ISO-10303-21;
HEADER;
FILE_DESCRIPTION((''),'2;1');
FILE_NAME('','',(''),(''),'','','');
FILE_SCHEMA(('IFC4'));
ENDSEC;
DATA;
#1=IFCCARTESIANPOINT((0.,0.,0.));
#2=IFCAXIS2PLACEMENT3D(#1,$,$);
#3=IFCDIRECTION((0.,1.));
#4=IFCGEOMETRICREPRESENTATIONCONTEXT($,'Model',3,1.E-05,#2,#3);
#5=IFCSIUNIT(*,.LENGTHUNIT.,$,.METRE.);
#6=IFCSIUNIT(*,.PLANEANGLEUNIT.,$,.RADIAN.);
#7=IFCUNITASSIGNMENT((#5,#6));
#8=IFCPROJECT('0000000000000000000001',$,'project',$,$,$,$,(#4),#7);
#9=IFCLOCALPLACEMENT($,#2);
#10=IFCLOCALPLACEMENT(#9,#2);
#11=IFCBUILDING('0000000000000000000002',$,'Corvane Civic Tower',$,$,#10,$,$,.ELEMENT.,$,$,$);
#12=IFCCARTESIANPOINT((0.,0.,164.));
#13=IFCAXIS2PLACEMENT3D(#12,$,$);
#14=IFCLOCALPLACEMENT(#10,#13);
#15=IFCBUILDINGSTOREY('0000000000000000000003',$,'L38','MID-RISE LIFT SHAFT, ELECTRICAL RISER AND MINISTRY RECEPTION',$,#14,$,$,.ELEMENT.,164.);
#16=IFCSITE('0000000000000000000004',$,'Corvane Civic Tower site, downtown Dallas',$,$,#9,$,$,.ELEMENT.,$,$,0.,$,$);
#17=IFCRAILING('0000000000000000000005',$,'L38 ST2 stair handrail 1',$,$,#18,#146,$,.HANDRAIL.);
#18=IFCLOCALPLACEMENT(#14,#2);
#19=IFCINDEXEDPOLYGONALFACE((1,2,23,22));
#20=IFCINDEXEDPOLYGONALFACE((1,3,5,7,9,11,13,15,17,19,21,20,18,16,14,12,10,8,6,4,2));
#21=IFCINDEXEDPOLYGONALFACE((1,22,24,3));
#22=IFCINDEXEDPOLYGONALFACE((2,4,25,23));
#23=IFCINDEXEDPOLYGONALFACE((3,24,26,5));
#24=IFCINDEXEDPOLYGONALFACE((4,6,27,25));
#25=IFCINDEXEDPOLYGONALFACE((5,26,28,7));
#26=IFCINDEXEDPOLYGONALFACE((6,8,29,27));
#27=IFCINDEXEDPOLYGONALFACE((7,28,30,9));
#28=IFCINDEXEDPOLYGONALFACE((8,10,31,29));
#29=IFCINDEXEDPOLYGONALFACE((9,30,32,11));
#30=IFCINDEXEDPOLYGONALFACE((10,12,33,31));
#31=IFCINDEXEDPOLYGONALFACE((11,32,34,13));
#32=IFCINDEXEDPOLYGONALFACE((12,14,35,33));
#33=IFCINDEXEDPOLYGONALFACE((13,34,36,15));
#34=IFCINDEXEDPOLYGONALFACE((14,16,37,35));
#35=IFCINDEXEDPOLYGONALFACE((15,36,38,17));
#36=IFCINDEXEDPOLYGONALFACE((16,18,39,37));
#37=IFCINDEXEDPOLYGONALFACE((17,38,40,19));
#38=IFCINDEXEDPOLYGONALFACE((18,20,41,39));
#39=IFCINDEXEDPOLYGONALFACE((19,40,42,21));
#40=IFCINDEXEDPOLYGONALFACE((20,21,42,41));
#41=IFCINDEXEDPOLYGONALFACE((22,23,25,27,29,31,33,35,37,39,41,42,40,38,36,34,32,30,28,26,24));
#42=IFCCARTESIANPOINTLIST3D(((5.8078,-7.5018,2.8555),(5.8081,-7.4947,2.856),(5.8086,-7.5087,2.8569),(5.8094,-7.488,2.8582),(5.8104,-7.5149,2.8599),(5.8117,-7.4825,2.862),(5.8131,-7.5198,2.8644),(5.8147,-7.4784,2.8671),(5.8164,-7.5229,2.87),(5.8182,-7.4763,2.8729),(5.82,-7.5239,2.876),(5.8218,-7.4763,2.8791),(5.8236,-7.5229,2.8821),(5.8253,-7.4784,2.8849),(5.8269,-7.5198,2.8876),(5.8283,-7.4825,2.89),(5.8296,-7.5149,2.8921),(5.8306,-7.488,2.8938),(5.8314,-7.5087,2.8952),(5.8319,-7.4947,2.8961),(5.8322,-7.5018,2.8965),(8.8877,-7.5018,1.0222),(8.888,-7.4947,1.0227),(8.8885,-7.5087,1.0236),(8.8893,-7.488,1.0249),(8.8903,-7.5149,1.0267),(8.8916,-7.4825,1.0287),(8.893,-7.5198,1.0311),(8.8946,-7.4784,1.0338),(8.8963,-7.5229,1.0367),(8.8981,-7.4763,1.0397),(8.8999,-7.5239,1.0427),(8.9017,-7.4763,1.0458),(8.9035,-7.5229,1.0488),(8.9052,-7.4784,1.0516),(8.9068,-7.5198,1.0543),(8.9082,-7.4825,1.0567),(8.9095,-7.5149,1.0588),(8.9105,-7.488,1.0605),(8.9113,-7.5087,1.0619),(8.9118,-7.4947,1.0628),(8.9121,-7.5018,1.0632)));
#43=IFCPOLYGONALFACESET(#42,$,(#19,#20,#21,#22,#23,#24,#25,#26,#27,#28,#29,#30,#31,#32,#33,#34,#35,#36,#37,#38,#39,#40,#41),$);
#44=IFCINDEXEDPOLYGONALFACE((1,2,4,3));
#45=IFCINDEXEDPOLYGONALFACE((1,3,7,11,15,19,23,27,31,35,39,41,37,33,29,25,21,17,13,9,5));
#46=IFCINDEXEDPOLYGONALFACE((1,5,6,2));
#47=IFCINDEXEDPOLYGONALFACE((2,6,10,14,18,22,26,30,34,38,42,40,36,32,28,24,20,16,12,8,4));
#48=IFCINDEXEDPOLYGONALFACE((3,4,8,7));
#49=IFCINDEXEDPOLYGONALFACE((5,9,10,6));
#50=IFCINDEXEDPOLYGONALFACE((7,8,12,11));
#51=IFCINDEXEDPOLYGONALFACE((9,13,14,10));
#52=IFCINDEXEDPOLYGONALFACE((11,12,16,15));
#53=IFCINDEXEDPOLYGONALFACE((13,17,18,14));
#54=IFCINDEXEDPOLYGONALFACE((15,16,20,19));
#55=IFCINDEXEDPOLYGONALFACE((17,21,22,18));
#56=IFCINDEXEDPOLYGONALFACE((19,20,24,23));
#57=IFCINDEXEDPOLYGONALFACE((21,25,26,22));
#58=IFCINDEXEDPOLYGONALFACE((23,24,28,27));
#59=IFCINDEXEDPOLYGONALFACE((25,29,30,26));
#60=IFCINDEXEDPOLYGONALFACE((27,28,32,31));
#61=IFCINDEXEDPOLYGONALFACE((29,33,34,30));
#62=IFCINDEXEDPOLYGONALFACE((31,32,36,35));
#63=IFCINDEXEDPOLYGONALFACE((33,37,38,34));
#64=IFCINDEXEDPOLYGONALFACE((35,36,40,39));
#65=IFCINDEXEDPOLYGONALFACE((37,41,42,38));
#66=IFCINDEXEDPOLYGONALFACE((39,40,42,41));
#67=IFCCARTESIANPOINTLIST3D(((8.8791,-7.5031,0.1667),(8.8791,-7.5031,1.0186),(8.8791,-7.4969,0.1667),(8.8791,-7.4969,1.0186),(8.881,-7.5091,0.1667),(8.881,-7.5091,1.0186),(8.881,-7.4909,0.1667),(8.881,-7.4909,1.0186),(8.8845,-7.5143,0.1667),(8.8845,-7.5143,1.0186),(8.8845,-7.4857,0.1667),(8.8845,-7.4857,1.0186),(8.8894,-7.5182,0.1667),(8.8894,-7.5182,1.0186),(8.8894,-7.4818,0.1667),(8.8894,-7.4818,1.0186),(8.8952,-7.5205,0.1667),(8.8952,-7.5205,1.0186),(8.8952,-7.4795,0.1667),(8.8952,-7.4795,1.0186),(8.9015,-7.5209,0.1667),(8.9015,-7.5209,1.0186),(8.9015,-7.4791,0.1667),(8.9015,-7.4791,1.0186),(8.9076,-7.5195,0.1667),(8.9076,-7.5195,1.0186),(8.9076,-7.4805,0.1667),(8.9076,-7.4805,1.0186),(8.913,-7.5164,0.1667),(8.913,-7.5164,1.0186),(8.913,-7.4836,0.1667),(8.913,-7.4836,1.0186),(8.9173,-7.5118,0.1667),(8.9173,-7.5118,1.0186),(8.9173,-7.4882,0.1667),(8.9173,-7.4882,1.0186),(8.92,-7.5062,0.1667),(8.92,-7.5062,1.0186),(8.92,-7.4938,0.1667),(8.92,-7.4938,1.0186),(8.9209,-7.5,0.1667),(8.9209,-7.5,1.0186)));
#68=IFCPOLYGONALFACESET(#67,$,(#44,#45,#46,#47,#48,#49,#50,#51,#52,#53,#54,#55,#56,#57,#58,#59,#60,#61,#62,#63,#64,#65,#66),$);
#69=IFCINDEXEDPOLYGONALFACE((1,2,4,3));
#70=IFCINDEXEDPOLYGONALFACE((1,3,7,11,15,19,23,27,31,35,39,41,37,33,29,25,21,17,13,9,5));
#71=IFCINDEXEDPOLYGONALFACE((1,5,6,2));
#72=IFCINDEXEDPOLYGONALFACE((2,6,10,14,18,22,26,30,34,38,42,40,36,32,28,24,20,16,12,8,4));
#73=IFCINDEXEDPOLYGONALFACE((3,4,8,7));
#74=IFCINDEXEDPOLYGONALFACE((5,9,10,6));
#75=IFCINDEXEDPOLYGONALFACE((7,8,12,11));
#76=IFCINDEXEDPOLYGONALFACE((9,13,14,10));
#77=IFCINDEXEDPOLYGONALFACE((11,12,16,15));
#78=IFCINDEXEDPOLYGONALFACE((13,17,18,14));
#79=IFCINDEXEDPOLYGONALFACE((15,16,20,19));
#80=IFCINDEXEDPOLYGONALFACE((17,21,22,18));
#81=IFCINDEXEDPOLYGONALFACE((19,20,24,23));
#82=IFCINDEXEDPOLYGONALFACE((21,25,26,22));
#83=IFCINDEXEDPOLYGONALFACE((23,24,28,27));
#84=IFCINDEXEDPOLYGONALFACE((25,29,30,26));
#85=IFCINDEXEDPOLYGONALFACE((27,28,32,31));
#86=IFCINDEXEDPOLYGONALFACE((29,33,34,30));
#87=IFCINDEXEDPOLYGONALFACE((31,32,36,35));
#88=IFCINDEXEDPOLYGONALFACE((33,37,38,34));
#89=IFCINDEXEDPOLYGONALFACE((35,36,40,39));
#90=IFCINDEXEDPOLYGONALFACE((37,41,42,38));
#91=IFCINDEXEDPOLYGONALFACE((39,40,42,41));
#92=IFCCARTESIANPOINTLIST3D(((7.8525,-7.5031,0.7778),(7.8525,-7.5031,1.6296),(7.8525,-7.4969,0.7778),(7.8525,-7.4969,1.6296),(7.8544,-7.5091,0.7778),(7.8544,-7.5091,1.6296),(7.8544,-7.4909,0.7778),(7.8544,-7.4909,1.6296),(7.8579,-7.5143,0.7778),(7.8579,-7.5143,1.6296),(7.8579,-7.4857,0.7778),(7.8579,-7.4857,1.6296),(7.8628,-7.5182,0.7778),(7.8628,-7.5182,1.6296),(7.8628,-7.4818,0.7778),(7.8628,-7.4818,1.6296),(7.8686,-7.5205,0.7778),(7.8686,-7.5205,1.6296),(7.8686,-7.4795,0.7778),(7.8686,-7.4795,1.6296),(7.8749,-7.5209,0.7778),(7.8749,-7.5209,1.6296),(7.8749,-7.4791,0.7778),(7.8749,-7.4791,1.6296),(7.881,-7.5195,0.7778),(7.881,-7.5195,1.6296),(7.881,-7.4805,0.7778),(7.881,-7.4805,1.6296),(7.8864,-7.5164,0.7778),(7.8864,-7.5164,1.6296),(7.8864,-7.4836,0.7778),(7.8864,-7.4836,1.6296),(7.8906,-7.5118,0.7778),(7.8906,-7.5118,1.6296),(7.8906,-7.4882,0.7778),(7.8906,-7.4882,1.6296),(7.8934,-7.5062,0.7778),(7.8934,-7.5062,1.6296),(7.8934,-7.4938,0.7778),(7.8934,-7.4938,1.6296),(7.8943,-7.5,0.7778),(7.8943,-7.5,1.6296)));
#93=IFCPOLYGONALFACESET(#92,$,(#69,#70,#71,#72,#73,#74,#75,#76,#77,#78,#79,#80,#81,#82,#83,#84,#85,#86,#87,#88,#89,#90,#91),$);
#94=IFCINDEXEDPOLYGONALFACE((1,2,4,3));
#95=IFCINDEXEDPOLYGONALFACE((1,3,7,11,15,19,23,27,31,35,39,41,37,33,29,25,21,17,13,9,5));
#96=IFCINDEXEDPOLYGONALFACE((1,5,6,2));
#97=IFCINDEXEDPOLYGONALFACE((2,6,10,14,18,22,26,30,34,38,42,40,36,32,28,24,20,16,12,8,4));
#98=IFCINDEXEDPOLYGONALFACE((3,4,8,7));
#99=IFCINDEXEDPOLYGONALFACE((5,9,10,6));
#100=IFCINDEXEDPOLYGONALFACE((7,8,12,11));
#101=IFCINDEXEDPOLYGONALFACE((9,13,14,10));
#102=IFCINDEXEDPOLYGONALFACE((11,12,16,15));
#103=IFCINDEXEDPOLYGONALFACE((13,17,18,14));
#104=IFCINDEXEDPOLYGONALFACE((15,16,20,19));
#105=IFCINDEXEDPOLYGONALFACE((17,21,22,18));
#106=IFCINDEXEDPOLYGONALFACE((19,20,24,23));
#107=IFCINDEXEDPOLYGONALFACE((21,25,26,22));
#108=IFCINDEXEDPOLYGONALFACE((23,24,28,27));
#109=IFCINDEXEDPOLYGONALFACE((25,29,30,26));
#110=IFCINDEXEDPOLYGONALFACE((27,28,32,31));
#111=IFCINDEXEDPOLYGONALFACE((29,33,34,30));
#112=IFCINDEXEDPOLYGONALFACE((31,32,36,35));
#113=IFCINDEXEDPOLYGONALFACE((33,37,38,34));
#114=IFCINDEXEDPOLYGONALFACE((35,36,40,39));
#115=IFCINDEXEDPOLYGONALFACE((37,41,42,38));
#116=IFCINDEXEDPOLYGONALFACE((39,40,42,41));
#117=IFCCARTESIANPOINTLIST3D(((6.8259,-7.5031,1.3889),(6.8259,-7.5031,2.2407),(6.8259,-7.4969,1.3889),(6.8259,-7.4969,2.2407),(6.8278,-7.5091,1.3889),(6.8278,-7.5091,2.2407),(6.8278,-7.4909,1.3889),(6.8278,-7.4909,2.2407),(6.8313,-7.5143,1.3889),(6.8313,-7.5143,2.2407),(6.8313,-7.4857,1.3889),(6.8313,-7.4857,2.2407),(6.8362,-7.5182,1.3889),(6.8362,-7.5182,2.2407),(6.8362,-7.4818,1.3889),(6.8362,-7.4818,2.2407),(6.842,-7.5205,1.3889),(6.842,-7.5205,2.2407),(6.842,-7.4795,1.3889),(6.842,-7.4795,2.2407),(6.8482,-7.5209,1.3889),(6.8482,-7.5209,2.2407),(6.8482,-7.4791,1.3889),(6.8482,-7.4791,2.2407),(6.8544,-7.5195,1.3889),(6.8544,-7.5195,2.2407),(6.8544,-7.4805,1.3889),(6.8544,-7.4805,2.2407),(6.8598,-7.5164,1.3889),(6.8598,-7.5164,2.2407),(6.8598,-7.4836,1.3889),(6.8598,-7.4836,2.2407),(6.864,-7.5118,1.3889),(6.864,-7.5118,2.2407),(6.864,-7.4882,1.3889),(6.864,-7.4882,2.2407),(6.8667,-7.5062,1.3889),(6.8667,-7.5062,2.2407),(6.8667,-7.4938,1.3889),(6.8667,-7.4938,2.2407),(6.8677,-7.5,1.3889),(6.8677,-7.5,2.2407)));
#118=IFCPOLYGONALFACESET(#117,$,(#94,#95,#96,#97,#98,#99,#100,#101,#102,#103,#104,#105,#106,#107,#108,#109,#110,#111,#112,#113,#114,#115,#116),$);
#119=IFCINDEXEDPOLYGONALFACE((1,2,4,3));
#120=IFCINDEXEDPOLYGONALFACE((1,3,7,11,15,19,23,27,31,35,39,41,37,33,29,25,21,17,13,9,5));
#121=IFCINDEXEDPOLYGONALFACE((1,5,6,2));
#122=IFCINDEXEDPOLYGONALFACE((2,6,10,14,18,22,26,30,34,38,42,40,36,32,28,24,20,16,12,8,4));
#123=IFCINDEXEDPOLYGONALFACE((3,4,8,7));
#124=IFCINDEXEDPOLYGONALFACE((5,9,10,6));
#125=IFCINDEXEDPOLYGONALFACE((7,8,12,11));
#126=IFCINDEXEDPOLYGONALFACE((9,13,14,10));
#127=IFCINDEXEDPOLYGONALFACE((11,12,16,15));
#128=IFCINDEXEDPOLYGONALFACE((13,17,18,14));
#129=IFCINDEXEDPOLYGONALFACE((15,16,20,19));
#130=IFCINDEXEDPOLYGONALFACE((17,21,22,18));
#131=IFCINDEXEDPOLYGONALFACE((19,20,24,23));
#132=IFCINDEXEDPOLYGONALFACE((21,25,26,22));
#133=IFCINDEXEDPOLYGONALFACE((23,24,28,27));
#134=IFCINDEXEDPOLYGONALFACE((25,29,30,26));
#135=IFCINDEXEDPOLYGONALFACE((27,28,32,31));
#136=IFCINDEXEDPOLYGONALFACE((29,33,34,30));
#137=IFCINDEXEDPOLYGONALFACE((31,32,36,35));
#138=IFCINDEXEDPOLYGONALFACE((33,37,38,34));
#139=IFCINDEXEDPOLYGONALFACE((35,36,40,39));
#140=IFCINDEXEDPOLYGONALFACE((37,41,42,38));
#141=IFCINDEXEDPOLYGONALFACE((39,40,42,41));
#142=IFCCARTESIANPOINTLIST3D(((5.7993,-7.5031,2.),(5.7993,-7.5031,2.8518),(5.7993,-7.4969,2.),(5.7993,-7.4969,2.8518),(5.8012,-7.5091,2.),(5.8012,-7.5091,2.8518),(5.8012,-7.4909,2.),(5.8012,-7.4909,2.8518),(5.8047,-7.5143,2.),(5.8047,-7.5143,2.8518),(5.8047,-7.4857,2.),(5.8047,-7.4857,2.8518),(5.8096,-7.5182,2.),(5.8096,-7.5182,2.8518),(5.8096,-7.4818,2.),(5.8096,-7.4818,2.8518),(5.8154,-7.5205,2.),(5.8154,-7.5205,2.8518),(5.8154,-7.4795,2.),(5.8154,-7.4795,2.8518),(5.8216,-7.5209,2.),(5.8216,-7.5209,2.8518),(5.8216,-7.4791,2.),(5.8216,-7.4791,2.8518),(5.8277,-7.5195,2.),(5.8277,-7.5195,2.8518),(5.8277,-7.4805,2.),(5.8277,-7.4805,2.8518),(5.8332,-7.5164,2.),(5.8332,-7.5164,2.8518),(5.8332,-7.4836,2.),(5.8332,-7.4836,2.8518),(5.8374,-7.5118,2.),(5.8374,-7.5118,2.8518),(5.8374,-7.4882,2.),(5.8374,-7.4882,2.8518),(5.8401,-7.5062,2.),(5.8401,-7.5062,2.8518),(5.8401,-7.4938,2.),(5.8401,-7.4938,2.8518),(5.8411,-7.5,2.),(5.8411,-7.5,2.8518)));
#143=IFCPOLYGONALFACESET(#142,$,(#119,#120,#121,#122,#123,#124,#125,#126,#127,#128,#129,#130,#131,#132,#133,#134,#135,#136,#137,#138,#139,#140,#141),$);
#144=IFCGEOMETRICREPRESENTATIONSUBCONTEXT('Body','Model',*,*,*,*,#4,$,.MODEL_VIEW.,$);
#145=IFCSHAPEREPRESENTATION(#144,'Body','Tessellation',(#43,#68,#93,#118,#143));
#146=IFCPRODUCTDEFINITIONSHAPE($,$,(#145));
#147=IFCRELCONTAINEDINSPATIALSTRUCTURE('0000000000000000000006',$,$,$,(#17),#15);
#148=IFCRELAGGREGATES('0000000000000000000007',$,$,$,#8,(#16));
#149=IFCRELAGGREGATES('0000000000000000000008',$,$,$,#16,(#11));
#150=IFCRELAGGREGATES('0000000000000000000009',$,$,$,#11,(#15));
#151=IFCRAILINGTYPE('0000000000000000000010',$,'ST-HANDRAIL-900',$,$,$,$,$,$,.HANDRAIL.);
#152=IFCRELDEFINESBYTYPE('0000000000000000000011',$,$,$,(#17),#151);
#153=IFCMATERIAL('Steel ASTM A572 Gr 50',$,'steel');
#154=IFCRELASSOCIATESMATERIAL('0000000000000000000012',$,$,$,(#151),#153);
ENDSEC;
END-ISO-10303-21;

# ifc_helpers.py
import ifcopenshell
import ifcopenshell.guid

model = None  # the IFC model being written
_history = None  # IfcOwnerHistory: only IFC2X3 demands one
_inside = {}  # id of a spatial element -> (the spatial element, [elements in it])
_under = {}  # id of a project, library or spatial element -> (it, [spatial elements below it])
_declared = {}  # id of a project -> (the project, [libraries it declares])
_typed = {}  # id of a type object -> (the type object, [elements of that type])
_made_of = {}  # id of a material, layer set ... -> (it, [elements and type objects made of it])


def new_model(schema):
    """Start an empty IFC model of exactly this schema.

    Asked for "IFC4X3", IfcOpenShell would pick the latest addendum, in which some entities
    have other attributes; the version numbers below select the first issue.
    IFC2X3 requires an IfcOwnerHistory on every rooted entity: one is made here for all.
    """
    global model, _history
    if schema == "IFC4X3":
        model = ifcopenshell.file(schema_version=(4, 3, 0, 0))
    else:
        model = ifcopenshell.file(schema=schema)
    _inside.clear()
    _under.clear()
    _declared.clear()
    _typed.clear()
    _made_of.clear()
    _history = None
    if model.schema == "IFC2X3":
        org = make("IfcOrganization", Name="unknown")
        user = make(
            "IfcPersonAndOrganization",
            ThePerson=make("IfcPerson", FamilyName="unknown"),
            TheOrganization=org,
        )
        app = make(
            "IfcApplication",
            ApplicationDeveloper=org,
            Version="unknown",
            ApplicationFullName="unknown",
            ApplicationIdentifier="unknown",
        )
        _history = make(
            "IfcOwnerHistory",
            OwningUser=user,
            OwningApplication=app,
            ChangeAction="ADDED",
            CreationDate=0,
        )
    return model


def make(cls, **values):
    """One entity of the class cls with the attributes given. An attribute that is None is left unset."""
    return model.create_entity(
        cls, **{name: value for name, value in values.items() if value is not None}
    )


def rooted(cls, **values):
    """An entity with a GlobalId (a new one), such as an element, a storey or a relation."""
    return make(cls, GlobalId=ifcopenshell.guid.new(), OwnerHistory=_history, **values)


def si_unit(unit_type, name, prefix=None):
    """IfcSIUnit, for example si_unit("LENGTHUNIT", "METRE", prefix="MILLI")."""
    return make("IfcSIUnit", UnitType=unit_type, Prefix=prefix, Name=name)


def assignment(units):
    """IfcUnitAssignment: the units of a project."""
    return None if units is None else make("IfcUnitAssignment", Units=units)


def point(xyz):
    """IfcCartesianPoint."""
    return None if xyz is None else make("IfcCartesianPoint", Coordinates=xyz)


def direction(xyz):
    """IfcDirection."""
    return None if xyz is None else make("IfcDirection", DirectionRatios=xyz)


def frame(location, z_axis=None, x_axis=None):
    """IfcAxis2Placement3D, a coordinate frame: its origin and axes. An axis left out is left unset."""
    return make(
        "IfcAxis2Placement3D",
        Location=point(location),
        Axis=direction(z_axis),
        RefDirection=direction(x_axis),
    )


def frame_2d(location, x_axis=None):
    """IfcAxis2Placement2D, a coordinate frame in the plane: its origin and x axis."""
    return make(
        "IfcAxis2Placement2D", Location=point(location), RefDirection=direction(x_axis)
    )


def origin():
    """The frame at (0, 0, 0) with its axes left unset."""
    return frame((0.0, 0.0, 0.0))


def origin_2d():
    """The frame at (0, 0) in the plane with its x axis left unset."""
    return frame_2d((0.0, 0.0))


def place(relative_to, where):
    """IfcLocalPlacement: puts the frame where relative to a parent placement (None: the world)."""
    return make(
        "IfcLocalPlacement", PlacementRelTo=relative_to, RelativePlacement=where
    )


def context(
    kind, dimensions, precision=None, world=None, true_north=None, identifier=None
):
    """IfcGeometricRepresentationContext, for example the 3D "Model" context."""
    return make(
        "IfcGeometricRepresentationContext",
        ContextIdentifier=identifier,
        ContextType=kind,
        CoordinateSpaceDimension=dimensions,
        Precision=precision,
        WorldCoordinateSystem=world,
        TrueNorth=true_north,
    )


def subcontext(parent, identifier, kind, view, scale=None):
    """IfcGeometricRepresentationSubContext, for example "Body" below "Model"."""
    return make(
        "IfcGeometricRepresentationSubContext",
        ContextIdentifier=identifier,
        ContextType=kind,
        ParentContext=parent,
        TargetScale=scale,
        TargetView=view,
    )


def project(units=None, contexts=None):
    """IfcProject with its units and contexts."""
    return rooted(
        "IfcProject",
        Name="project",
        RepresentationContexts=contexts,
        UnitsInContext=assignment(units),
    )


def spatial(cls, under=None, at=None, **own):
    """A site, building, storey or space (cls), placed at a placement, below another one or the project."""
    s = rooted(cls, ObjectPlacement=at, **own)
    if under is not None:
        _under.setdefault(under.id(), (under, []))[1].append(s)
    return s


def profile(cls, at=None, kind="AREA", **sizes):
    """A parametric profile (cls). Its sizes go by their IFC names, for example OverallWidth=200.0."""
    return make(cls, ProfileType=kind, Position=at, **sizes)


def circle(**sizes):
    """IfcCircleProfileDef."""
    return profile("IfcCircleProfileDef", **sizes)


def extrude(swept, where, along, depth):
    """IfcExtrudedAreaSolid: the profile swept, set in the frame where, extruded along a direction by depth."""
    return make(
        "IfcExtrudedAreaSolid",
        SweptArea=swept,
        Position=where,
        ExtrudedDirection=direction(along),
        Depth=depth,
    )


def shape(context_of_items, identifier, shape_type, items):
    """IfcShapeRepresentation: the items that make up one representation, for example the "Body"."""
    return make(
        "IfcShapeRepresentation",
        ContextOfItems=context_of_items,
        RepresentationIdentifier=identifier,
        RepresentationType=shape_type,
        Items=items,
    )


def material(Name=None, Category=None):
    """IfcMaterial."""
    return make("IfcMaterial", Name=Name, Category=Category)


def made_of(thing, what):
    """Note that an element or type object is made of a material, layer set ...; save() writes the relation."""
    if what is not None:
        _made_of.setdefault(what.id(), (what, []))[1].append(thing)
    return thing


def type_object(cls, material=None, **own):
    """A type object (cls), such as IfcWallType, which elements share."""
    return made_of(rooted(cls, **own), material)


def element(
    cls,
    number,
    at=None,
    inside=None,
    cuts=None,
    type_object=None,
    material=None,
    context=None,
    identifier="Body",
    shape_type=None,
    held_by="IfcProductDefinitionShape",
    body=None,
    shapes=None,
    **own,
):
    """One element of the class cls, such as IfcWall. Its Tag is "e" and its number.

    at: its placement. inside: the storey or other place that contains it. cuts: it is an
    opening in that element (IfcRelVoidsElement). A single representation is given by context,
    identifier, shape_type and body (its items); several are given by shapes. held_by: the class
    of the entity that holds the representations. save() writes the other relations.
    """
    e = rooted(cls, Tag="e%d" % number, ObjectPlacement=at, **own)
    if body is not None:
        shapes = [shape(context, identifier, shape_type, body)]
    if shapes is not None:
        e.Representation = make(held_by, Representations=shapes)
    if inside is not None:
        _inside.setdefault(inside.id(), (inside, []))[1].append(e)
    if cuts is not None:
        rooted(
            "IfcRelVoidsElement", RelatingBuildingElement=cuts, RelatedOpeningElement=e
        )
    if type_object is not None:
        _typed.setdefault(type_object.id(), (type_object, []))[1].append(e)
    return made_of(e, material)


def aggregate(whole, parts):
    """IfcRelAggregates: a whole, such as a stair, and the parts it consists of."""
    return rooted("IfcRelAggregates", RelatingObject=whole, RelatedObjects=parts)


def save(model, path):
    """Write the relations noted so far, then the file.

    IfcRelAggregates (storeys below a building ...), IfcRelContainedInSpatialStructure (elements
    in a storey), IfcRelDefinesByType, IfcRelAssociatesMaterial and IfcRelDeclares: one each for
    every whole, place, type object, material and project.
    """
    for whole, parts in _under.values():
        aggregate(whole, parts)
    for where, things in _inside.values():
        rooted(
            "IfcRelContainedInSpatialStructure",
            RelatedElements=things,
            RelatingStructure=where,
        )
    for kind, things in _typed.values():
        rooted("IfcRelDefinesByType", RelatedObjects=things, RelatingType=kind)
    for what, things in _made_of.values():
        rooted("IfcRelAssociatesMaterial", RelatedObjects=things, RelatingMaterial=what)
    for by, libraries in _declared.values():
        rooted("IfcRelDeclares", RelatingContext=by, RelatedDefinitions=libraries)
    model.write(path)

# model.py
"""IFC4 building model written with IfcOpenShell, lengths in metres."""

from ifc_helpers import new_model, si_unit, direction, frame, origin, origin_2d, place, context, subcontext, project, spatial, circle, extrude, material, type_object, element, save


model = new_model("IFC4")

# Units and contexts
model_context = context("Model", 3, precision=1e-05, world=origin(), true_north=direction((0.0, 1.0)))
body_context = subcontext(model_context, "Body", "Model", "MODEL_VIEW")
ifc_project = project(units=[si_unit("LENGTHUNIT", "METRE"), si_unit("PLANEANGLEUNIT", "RADIAN")], contexts=[model_context])

# Site, building, storey
site_placement = place(None, origin())
site = spatial("IfcSite", under=ifc_project, at=site_placement, Name="Corvane Civic Tower site, downtown Dallas", CompositionType="ELEMENT", RefElevation=0.0)
building_placement = place(site_placement, origin())
building = spatial("IfcBuilding", under=site, at=building_placement, Name="Corvane Civic Tower", CompositionType="ELEMENT")
storey_placement = place(building_placement, frame((0.0, 0.0, 164.0)))
storey = spatial("IfcBuildingStorey", under=building, at=storey_placement, Name="L38", Description="MID-RISE LIFT SHAFT, ELECTRICAL RISER AND MINISTRY RECEPTION", CompositionType="ELEMENT", Elevation=164.0)

# Railing
ifc_material_1 = material(Name="Steel ASTM A572 Gr 50", Category="steel")
railing_type_1 = type_object("IfcRailingType", Name="ST-HANDRAIL-900", PredefinedType="HANDRAIL", material=ifc_material_1)
railing_1_placement = place(storey_placement, frame((8.8999, -7.5, 0.1667)))
element("IfcRailing", 1, at=railing_1_placement, inside=storey, type_object=railing_type_1, Name="L38 ST2 stair handrail 1", PredefinedType="HANDRAIL", context=body_context, shape_type="SweptSolid", body=[
    extrude(circle(Radius=0.0239, at=origin_2d()), frame((0.0, 0.0, 0.876), z_axis=(-0.859291, 0.0, 0.511487), x_axis=(0.0, -1.0, 0.0)), (0.0, 0.0, 1.0), 3.5842),
    extrude(circle(Radius=0.021, at=origin_2d()), origin(), (0.0, 0.0, 1.0), 0.8518),
    extrude(circle(Radius=0.021, at=origin_2d()), frame((-1.0266, 0.0, 0.6111)), (0.0, 0.0, 1.0), 0.8518),
    extrude(circle(Radius=0.021, at=origin_2d()), frame((-2.0532, 0.0, 1.2222)), (0.0, 0.0, 1.0), 0.8518),
    extrude(circle(Radius=0.021, at=origin_2d()), frame((-3.0798, 0.0, 1.8333)), (0.0, 0.0, 1.0), 0.8518),
])

save(model, "model.ifc")
